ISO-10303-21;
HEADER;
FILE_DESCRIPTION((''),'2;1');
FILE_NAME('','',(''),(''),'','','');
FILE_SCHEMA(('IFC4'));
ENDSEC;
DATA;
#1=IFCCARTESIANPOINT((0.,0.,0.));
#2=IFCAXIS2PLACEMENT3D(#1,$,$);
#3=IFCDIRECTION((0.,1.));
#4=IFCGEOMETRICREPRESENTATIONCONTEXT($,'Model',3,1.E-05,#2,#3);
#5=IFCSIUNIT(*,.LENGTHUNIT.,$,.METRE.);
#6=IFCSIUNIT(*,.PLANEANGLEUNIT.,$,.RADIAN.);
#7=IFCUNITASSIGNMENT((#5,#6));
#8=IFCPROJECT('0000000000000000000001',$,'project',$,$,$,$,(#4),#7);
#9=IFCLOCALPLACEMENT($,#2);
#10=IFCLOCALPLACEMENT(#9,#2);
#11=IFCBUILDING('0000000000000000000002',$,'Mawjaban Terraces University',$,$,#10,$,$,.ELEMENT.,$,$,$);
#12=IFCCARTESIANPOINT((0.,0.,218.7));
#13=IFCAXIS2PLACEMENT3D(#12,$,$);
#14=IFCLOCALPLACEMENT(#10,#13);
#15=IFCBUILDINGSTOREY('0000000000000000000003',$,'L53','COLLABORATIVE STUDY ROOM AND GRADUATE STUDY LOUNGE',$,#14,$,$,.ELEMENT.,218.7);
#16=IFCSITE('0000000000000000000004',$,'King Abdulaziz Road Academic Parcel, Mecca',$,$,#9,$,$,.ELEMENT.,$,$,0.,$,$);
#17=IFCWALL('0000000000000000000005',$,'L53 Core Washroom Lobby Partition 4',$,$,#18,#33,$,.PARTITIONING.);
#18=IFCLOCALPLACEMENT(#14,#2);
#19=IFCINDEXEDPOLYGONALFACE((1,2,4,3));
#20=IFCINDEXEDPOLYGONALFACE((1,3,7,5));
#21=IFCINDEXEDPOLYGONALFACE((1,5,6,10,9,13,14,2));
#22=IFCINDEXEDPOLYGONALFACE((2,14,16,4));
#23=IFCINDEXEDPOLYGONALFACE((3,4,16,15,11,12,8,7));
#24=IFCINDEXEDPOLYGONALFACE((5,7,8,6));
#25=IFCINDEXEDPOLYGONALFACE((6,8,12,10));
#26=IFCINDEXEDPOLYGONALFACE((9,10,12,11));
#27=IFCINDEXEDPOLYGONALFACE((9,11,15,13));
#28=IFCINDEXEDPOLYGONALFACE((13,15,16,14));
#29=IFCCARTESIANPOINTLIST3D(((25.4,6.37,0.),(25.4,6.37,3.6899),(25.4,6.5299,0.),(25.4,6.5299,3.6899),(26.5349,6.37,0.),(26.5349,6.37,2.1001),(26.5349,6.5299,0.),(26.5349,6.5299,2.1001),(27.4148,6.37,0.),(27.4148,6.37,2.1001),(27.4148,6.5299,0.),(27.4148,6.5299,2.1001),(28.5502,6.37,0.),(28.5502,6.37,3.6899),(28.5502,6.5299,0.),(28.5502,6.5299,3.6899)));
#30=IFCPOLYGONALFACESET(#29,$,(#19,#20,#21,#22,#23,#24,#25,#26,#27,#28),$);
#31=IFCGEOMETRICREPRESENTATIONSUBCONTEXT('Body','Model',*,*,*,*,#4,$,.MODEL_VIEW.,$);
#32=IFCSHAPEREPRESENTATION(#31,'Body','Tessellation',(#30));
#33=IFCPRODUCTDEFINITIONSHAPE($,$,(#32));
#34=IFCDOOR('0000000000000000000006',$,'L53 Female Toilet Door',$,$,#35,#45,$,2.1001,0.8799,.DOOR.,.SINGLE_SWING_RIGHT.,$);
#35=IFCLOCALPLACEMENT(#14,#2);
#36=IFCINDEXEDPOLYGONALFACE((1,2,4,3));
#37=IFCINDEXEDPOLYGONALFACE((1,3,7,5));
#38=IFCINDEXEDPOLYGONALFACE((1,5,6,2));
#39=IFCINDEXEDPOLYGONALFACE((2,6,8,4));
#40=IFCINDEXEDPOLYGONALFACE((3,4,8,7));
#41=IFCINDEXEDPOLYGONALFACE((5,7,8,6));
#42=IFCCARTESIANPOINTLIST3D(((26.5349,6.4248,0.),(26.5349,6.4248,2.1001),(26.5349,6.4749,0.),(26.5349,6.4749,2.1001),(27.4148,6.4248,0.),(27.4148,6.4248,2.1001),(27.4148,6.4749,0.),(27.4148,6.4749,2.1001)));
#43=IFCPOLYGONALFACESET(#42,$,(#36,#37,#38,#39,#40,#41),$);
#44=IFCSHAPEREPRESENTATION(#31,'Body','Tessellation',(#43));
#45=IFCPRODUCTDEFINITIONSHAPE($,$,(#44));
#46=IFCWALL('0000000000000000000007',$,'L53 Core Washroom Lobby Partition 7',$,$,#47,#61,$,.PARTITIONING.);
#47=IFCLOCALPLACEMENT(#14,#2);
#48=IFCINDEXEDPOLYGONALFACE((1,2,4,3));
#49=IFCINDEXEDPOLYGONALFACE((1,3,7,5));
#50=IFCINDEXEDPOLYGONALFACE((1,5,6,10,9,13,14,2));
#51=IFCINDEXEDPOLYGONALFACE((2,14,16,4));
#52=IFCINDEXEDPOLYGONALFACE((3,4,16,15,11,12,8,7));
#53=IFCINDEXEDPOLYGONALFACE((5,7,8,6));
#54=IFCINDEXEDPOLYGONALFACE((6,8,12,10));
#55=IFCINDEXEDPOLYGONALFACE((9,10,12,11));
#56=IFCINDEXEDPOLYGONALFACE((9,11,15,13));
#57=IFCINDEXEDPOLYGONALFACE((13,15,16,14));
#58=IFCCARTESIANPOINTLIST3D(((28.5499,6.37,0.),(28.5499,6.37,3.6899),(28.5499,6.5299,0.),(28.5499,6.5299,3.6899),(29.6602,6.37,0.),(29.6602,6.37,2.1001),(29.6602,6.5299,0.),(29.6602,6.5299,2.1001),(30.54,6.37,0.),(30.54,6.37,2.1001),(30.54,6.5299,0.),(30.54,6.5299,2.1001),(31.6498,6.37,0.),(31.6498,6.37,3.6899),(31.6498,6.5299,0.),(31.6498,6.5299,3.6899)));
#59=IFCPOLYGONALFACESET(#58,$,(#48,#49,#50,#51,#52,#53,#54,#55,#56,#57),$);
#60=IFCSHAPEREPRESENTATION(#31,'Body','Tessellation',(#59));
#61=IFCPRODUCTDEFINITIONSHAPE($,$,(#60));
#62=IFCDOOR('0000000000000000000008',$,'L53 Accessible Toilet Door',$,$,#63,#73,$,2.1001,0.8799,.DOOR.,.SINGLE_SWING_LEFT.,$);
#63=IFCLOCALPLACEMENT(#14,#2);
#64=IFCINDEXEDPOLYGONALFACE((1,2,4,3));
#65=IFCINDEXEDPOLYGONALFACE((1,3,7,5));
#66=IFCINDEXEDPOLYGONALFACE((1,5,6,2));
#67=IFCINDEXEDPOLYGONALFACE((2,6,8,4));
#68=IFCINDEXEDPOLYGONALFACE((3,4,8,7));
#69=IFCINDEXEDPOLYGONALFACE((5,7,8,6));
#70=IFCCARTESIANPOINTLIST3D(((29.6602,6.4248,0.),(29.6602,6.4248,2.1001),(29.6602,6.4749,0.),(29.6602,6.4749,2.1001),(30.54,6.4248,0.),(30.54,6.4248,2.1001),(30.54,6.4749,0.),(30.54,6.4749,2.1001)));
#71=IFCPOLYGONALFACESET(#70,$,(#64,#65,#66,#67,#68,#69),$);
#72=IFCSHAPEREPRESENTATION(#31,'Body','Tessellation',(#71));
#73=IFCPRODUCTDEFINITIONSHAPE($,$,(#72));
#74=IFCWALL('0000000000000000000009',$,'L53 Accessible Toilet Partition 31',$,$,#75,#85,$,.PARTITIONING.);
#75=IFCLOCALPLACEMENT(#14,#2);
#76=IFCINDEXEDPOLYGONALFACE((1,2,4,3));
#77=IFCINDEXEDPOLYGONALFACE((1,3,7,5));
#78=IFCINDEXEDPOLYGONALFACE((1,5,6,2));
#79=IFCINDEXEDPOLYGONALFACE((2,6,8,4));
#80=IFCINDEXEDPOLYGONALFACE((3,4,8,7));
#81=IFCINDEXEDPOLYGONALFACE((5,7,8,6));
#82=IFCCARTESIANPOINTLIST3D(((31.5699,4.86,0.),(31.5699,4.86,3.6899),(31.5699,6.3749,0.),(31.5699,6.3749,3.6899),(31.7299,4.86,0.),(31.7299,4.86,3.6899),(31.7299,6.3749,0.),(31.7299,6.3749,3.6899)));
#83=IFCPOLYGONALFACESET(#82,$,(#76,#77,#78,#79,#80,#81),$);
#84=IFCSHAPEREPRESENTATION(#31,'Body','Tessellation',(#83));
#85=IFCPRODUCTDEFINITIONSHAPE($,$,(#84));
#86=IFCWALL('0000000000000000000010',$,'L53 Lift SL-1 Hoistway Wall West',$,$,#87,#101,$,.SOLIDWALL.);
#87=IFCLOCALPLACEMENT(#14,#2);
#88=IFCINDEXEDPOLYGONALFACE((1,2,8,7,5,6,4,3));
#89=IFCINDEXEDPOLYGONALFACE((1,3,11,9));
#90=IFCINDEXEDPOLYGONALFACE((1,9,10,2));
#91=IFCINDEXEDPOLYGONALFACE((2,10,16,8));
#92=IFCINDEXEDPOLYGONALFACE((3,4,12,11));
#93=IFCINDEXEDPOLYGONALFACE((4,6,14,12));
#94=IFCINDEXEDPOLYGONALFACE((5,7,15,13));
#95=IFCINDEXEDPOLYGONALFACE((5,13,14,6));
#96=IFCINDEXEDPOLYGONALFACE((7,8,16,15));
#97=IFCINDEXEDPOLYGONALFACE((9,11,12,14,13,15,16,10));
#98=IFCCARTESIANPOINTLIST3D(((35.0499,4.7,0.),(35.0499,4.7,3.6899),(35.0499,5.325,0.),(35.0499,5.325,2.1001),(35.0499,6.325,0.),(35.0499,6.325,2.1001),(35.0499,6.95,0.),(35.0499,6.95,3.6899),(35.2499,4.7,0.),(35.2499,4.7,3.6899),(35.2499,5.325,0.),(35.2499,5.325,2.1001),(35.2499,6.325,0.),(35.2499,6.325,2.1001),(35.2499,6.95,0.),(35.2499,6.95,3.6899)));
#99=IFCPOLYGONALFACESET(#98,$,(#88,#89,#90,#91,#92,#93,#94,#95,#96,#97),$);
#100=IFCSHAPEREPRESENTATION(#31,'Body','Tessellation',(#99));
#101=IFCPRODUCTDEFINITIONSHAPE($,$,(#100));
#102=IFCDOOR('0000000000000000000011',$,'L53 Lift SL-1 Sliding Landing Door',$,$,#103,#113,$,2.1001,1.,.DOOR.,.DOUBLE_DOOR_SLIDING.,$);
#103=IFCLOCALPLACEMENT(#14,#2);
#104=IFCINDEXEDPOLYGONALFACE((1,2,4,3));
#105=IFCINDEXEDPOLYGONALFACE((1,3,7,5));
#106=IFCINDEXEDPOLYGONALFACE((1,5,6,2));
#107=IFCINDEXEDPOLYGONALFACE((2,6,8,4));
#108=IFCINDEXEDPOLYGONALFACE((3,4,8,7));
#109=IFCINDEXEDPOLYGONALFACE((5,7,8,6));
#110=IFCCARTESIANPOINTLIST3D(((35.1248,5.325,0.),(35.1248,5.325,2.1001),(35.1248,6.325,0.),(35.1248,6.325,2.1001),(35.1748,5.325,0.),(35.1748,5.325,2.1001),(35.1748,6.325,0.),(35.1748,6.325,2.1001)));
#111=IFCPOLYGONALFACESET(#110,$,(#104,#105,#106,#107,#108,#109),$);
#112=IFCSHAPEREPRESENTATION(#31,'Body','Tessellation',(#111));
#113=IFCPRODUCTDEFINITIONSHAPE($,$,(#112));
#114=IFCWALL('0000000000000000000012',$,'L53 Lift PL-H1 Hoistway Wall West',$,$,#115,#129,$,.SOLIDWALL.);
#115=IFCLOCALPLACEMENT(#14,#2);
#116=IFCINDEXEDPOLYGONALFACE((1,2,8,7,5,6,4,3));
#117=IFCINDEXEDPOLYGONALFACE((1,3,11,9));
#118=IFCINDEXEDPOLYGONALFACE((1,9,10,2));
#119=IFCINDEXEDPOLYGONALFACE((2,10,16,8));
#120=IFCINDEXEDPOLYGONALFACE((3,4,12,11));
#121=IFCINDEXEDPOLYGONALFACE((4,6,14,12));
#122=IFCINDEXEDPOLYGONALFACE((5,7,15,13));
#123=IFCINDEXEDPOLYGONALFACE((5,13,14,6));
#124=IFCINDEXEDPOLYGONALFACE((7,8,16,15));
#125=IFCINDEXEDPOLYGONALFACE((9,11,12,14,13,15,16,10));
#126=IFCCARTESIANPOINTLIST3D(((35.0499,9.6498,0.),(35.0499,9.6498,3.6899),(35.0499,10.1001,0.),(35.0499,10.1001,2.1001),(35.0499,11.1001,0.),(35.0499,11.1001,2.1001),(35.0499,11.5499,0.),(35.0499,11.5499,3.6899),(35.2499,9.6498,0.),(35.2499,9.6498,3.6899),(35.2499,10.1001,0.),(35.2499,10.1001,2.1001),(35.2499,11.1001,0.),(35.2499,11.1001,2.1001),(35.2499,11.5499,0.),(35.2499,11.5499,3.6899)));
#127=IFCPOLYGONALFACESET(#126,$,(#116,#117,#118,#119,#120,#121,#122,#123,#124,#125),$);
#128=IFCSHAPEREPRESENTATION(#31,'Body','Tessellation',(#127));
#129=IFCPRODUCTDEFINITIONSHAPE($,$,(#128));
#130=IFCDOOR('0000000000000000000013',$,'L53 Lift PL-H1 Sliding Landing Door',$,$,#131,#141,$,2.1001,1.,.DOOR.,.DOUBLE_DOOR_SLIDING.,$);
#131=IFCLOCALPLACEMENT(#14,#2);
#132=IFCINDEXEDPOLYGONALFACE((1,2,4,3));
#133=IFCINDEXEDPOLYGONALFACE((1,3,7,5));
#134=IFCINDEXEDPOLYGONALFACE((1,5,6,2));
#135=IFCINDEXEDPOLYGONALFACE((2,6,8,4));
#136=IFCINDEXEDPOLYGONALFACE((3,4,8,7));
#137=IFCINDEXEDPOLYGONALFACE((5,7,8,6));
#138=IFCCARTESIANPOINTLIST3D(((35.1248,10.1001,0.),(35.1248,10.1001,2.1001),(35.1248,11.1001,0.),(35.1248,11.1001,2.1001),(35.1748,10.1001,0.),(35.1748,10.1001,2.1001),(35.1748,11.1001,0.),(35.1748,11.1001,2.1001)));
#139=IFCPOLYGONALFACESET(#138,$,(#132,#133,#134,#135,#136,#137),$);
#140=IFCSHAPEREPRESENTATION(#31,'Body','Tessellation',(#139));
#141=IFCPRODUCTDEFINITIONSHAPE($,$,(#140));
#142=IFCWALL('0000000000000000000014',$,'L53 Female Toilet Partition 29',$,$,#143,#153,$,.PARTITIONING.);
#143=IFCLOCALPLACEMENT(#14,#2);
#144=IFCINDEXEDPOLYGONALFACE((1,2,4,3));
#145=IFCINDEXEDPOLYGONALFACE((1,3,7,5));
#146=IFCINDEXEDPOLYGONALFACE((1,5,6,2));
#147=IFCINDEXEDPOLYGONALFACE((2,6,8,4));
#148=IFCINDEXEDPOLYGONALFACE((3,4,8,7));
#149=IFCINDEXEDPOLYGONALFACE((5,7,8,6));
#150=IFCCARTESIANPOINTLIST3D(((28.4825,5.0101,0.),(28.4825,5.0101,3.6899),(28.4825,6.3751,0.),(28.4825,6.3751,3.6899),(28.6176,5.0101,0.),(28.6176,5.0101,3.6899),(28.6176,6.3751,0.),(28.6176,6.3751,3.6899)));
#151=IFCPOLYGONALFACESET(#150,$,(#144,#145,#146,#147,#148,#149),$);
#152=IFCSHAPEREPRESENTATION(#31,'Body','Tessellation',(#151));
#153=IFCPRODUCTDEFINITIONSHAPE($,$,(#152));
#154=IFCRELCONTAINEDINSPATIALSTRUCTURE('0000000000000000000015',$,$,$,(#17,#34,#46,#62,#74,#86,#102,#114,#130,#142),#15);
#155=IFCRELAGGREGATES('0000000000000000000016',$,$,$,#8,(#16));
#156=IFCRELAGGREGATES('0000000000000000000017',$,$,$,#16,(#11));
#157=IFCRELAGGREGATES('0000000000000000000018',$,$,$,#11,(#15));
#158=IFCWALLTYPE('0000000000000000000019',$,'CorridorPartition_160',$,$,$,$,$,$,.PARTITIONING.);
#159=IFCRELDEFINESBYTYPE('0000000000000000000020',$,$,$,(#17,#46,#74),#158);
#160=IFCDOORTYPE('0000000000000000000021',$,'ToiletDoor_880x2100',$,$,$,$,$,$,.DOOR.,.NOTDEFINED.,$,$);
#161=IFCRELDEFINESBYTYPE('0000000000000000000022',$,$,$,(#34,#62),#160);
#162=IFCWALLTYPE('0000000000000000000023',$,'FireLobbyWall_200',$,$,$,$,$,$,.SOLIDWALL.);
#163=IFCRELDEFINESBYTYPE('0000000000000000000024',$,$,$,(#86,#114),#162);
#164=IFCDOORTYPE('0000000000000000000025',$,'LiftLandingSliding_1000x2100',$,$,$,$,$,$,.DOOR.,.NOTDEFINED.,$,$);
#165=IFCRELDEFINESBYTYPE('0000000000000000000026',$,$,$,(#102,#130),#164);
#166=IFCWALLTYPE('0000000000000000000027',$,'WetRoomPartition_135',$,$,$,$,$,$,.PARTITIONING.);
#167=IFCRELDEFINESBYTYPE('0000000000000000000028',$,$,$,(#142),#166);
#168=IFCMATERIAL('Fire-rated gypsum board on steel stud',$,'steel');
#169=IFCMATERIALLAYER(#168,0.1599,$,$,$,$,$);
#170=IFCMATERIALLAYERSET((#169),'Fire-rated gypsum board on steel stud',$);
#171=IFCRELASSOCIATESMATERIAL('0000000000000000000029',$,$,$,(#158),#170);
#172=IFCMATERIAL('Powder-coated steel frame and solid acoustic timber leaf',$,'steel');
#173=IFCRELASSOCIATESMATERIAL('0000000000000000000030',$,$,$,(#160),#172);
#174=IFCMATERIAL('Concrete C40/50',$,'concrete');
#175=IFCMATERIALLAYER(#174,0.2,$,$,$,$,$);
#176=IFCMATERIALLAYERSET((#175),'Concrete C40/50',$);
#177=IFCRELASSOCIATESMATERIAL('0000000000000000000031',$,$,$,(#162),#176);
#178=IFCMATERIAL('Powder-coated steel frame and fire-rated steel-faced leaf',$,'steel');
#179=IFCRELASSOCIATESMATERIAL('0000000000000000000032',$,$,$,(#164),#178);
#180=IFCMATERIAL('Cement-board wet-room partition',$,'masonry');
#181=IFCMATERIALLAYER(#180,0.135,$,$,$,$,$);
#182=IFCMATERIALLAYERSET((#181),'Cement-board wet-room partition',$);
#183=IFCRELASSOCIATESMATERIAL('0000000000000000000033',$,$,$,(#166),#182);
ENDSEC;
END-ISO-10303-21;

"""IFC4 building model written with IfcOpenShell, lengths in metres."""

from ifc_helpers import new_model, si_unit, direction, frame, frame_2d, origin, place, context, subcontext, project, spatial, rectangle, extrude, material, layer, layer_set, type_object, element, fill, save


model = new_model("IFC4")

# Units and contexts
model_context = context("Model", 3, precision=1e-05, world=origin(), true_north=direction((0.0, 1.0)))
body_context = subcontext(model_context, "Body", "Model", "MODEL_VIEW")
ifc_project = project(units=[si_unit("LENGTHUNIT", "METRE"), si_unit("PLANEANGLEUNIT", "RADIAN")], contexts=[model_context])

# Site, building, storey
site_placement = place(None, origin())
site = spatial("IfcSite", under=ifc_project, at=site_placement, Name="King Abdulaziz Road Academic Parcel, Mecca", CompositionType="ELEMENT", RefElevation=0.0)
building_placement = place(site_placement, origin())
building = spatial("IfcBuilding", under=site, at=building_placement, Name="Mawjaban Terraces University", CompositionType="ELEMENT")
storey_placement = place(building_placement, frame((0.0, 0.0, 218.7)))
storey = spatial("IfcBuildingStorey", under=building, at=storey_placement, Name="L53", Description="COLLABORATIVE STUDY ROOM AND GRADUATE STUDY LOUNGE", CompositionType="ELEMENT", Elevation=218.7)

# Walls, openings, doors
ifc_material_1 = material(Name="Fire-rated gypsum board on steel stud", Category="steel")
ifc_layer_1 = layer(ifc_material_1, 0.1599)
ifc_layer_set_1 = layer_set([ifc_layer_1], Name="Fire-rated gypsum board on steel stud")
wall_type_1 = type_object("IfcWallType", Name="CorridorPartition_160", PredefinedType="PARTITIONING", material=ifc_layer_set_1)
wall_1_placement = place(storey_placement, frame((25.3999, 6.45, 0.0), z_axis=(0.0, 0.0, 1.0), x_axis=(1.0, 0.0, 0.0)))
wall_1 = element("IfcWall", 1, at=wall_1_placement, inside=storey, type_object=wall_type_1, Name="L53 Core Washroom Lobby Partition 4", PredefinedType="PARTITIONING", context=body_context, shape_type="SweptSolid", body=[
    extrude(rectangle(XDim=3.1501, YDim=0.1599, at=frame_2d((1.5752, 0.0))), origin(), (0.0, 0.0, 1.0), 3.6899),
])
opening_1_placement = place(wall_1_placement, frame((1.135, 0.0, 0.0)))
opening_1 = element("IfcOpeningElement", 2, at=opening_1_placement, cuts=wall_1, PredefinedType="OPENING", context=body_context, shape_type="SweptSolid", body=[
    extrude(rectangle(XDim=0.8799, YDim=2.1001, at=frame_2d((0.4399, 1.05))), frame((0.0, 0.0898, 0.0), z_axis=(0.0, -1.0, 0.0), x_axis=(1.0, 0.0, 0.0)), (0.0, 0.0, 1.0), 0.1799),
])
ifc_material_2 = material(Name="Powder-coated steel frame and solid acoustic timber leaf", Category="steel")
door_type_1 = type_object("IfcDoorType", Name="ToiletDoor_880x2100", OperationType="NOTDEFINED", PredefinedType="DOOR", material=ifc_material_2)
door_1_placement = place(opening_1_placement, origin())
door_1 = element("IfcDoor", 3, at=door_1_placement, inside=storey, type_object=door_type_1, Name="L53 Female Toilet Door", OperationType="SINGLE_SWING_RIGHT", OverallHeight=2.1001, OverallWidth=0.8799, PredefinedType="DOOR", context=body_context, shape_type="SweptSolid", body=[
    extrude(rectangle(XDim=0.8799, YDim=2.1001, at=frame_2d((0.4399, 1.05))), frame((0.0, 0.0249, 0.0), z_axis=(0.0, -1.0, 0.0), x_axis=(1.0, 0.0, 0.0)), (0.0, 0.0, 1.0), 0.05),
])
fill(opening_1, door_1)
wall_2_placement = place(storey_placement, frame((28.55, 6.45, 0.0), z_axis=(0.0, 0.0, 1.0), x_axis=(1.0, 0.0, 0.0)))
wall_2 = element("IfcWall", 4, at=wall_2_placement, inside=storey, type_object=wall_type_1, Name="L53 Core Washroom Lobby Partition 7", PredefinedType="PARTITIONING", context=body_context, shape_type="SweptSolid", body=[
    extrude(rectangle(XDim=3.0999, YDim=0.1599, at=frame_2d((1.5498, 0.0))), origin(), (0.0, 0.0, 1.0), 3.6899),
])
opening_2_placement = place(wall_2_placement, frame((1.1101, 0.0, 0.0)))
opening_2 = element("IfcOpeningElement", 5, at=opening_2_placement, cuts=wall_2, PredefinedType="OPENING", context=body_context, shape_type="SweptSolid", body=[
    extrude(rectangle(XDim=0.8799, YDim=2.1001, at=frame_2d((0.4399, 1.05))), frame((0.0, 0.0898, 0.0), z_axis=(0.0, -1.0, 0.0), x_axis=(1.0, 0.0, 0.0)), (0.0, 0.0, 1.0), 0.1799),
])
door_2_placement = place(opening_2_placement, origin())
door_2 = element("IfcDoor", 6, at=door_2_placement, inside=storey, type_object=door_type_1, Name="L53 Accessible Toilet Door", OperationType="SINGLE_SWING_LEFT", OverallHeight=2.1001, OverallWidth=0.8799, PredefinedType="DOOR", context=body_context, shape_type="SweptSolid", body=[
    extrude(rectangle(XDim=0.8799, YDim=2.1001, at=frame_2d((0.4399, 1.05))), frame((0.0, 0.0249, 0.0), z_axis=(0.0, -1.0, 0.0), x_axis=(1.0, 0.0, 0.0)), (0.0, 0.0, 1.0), 0.05),
])
fill(opening_2, door_2)

# Wall
wall_3_placement = place(storey_placement, frame((31.6499, 4.8601, 0.0), z_axis=(0.0, 0.0, 1.0), x_axis=(0.0, 1.0, 0.0)))
element("IfcWall", 7, at=wall_3_placement, inside=storey, type_object=wall_type_1, Name="L53 Accessible Toilet Partition 31", PredefinedType="PARTITIONING", context=body_context, shape_type="SweptSolid", body=[
    extrude(rectangle(XDim=1.5149, YDim=0.1599, at=frame_2d((0.7573, 0.0))), origin(), (0.0, 0.0, 1.0), 3.6899),
])

# Walls, openings, doors
ifc_material_3 = material(Name="Concrete C40/50", Category="concrete")
ifc_layer_2 = layer(ifc_material_3, 0.2)
ifc_layer_set_2 = layer_set([ifc_layer_2], Name="Concrete C40/50")
wall_type_2 = type_object("IfcWallType", Name="FireLobbyWall_200", PredefinedType="SOLIDWALL", material=ifc_layer_set_2)
wall_4_placement = place(storey_placement, frame((35.1499, 6.95, 0.0), z_axis=(0.0, 0.0, 1.0), x_axis=(0.0, -1.0, 0.0)))
wall_4 = element("IfcWall", 8, at=wall_4_placement, inside=storey, type_object=wall_type_2, Name="L53 Lift SL-1 Hoistway Wall West", PredefinedType="SOLIDWALL", context=body_context, shape_type="SweptSolid", body=[
    extrude(rectangle(XDim=2.25, YDim=0.2, at=frame_2d((1.125, 0.0))), origin(), (0.0, 0.0, 1.0), 3.6899),
])
opening_3_placement = place(wall_4_placement, frame((0.625, 0.0, 0.0)))
opening_3 = element("IfcOpeningElement", 9, at=opening_3_placement, cuts=wall_4, PredefinedType="OPENING", context=body_context, shape_type="SweptSolid", body=[
    extrude(rectangle(XDim=1.0, YDim=2.1001, at=frame_2d((0.5, 1.05))), frame((0.0, 0.1099, 0.0), z_axis=(0.0, -1.0, 0.0), x_axis=(1.0, 0.0, 0.0)), (0.0, 0.0, 1.0), 0.22),
])
ifc_material_4 = material(Name="Powder-coated steel frame and fire-rated steel-faced leaf", Category="steel")
door_type_2 = type_object("IfcDoorType", Name="LiftLandingSliding_1000x2100", OperationType="NOTDEFINED", PredefinedType="DOOR", material=ifc_material_4)
door_3_placement = place(opening_3_placement, origin())
door_3 = element("IfcDoor", 10, at=door_3_placement, inside=storey, type_object=door_type_2, Name="L53 Lift SL-1 Sliding Landing Door", OperationType="DOUBLE_DOOR_SLIDING", OverallHeight=2.1001, OverallWidth=1.0, PredefinedType="DOOR", context=body_context, shape_type="SweptSolid", body=[
    extrude(rectangle(XDim=1.0, YDim=2.1001, at=frame_2d((0.5, 1.05))), frame((0.0, 0.0249, 0.0), z_axis=(0.0, -1.0, 0.0), x_axis=(1.0, 0.0, 0.0)), (0.0, 0.0, 1.0), 0.05),
])
fill(opening_3, door_3)
wall_5_placement = place(storey_placement, frame((35.1499, 11.55, 0.0), z_axis=(0.0, 0.0, 1.0), x_axis=(0.0, -1.0, 0.0)))
wall_5 = element("IfcWall", 11, at=wall_5_placement, inside=storey, type_object=wall_type_2, Name="L53 Lift PL-H1 Hoistway Wall West", PredefinedType="SOLIDWALL", context=body_context, shape_type="SweptSolid", body=[
    extrude(rectangle(XDim=1.9001, YDim=0.2, at=frame_2d((0.9502, 0.0))), origin(), (0.0, 0.0, 1.0), 3.6899),
])
opening_4_placement = place(wall_5_placement, frame((0.45, 0.0, 0.0)))
opening_4 = element("IfcOpeningElement", 12, at=opening_4_placement, cuts=wall_5, PredefinedType="OPENING", context=body_context, shape_type="SweptSolid", body=[
    extrude(rectangle(XDim=1.0, YDim=2.1001, at=frame_2d((0.5, 1.05))), frame((0.0, 0.1099, 0.0), z_axis=(0.0, -1.0, 0.0), x_axis=(1.0, 0.0, 0.0)), (0.0, 0.0, 1.0), 0.22),
])
door_4_placement = place(opening_4_placement, origin())
door_4 = element("IfcDoor", 13, at=door_4_placement, inside=storey, type_object=door_type_2, Name="L53 Lift PL-H1 Sliding Landing Door", OperationType="DOUBLE_DOOR_SLIDING", OverallHeight=2.1001, OverallWidth=1.0, PredefinedType="DOOR", context=body_context, shape_type="SweptSolid", body=[
    extrude(rectangle(XDim=1.0, YDim=2.1001, at=frame_2d((0.5, 1.05))), frame((0.0, 0.0249, 0.0), z_axis=(0.0, -1.0, 0.0), x_axis=(1.0, 0.0, 0.0)), (0.0, 0.0, 1.0), 0.05),
])
fill(opening_4, door_4)

# Wall
ifc_material_5 = material(Name="Cement-board wet-room partition", Category="masonry")
ifc_layer_3 = layer(ifc_material_5, 0.135)
ifc_layer_set_3 = layer_set([ifc_layer_3], Name="Cement-board wet-room partition")
wall_type_3 = type_object("IfcWallType", Name="WetRoomPartition_135", PredefinedType="PARTITIONING", material=ifc_layer_set_3)
wall_6_placement = place(storey_placement, frame((28.55, 5.01, 0.0), z_axis=(0.0, 0.0, 1.0), x_axis=(0.0, 1.0, 0.0)))
element("IfcWall", 14, at=wall_6_placement, inside=storey, type_object=wall_type_3, Name="L53 Female Toilet Partition 29", PredefinedType="PARTITIONING", context=body_context, shape_type="SweptSolid", body=[
    extrude(rectangle(XDim=1.365, YDim=0.135, at=frame_2d((0.6826, 0.0))), origin(), (0.0, 0.0, 1.0), 3.6899),
])

save(model, "model.ifc")
